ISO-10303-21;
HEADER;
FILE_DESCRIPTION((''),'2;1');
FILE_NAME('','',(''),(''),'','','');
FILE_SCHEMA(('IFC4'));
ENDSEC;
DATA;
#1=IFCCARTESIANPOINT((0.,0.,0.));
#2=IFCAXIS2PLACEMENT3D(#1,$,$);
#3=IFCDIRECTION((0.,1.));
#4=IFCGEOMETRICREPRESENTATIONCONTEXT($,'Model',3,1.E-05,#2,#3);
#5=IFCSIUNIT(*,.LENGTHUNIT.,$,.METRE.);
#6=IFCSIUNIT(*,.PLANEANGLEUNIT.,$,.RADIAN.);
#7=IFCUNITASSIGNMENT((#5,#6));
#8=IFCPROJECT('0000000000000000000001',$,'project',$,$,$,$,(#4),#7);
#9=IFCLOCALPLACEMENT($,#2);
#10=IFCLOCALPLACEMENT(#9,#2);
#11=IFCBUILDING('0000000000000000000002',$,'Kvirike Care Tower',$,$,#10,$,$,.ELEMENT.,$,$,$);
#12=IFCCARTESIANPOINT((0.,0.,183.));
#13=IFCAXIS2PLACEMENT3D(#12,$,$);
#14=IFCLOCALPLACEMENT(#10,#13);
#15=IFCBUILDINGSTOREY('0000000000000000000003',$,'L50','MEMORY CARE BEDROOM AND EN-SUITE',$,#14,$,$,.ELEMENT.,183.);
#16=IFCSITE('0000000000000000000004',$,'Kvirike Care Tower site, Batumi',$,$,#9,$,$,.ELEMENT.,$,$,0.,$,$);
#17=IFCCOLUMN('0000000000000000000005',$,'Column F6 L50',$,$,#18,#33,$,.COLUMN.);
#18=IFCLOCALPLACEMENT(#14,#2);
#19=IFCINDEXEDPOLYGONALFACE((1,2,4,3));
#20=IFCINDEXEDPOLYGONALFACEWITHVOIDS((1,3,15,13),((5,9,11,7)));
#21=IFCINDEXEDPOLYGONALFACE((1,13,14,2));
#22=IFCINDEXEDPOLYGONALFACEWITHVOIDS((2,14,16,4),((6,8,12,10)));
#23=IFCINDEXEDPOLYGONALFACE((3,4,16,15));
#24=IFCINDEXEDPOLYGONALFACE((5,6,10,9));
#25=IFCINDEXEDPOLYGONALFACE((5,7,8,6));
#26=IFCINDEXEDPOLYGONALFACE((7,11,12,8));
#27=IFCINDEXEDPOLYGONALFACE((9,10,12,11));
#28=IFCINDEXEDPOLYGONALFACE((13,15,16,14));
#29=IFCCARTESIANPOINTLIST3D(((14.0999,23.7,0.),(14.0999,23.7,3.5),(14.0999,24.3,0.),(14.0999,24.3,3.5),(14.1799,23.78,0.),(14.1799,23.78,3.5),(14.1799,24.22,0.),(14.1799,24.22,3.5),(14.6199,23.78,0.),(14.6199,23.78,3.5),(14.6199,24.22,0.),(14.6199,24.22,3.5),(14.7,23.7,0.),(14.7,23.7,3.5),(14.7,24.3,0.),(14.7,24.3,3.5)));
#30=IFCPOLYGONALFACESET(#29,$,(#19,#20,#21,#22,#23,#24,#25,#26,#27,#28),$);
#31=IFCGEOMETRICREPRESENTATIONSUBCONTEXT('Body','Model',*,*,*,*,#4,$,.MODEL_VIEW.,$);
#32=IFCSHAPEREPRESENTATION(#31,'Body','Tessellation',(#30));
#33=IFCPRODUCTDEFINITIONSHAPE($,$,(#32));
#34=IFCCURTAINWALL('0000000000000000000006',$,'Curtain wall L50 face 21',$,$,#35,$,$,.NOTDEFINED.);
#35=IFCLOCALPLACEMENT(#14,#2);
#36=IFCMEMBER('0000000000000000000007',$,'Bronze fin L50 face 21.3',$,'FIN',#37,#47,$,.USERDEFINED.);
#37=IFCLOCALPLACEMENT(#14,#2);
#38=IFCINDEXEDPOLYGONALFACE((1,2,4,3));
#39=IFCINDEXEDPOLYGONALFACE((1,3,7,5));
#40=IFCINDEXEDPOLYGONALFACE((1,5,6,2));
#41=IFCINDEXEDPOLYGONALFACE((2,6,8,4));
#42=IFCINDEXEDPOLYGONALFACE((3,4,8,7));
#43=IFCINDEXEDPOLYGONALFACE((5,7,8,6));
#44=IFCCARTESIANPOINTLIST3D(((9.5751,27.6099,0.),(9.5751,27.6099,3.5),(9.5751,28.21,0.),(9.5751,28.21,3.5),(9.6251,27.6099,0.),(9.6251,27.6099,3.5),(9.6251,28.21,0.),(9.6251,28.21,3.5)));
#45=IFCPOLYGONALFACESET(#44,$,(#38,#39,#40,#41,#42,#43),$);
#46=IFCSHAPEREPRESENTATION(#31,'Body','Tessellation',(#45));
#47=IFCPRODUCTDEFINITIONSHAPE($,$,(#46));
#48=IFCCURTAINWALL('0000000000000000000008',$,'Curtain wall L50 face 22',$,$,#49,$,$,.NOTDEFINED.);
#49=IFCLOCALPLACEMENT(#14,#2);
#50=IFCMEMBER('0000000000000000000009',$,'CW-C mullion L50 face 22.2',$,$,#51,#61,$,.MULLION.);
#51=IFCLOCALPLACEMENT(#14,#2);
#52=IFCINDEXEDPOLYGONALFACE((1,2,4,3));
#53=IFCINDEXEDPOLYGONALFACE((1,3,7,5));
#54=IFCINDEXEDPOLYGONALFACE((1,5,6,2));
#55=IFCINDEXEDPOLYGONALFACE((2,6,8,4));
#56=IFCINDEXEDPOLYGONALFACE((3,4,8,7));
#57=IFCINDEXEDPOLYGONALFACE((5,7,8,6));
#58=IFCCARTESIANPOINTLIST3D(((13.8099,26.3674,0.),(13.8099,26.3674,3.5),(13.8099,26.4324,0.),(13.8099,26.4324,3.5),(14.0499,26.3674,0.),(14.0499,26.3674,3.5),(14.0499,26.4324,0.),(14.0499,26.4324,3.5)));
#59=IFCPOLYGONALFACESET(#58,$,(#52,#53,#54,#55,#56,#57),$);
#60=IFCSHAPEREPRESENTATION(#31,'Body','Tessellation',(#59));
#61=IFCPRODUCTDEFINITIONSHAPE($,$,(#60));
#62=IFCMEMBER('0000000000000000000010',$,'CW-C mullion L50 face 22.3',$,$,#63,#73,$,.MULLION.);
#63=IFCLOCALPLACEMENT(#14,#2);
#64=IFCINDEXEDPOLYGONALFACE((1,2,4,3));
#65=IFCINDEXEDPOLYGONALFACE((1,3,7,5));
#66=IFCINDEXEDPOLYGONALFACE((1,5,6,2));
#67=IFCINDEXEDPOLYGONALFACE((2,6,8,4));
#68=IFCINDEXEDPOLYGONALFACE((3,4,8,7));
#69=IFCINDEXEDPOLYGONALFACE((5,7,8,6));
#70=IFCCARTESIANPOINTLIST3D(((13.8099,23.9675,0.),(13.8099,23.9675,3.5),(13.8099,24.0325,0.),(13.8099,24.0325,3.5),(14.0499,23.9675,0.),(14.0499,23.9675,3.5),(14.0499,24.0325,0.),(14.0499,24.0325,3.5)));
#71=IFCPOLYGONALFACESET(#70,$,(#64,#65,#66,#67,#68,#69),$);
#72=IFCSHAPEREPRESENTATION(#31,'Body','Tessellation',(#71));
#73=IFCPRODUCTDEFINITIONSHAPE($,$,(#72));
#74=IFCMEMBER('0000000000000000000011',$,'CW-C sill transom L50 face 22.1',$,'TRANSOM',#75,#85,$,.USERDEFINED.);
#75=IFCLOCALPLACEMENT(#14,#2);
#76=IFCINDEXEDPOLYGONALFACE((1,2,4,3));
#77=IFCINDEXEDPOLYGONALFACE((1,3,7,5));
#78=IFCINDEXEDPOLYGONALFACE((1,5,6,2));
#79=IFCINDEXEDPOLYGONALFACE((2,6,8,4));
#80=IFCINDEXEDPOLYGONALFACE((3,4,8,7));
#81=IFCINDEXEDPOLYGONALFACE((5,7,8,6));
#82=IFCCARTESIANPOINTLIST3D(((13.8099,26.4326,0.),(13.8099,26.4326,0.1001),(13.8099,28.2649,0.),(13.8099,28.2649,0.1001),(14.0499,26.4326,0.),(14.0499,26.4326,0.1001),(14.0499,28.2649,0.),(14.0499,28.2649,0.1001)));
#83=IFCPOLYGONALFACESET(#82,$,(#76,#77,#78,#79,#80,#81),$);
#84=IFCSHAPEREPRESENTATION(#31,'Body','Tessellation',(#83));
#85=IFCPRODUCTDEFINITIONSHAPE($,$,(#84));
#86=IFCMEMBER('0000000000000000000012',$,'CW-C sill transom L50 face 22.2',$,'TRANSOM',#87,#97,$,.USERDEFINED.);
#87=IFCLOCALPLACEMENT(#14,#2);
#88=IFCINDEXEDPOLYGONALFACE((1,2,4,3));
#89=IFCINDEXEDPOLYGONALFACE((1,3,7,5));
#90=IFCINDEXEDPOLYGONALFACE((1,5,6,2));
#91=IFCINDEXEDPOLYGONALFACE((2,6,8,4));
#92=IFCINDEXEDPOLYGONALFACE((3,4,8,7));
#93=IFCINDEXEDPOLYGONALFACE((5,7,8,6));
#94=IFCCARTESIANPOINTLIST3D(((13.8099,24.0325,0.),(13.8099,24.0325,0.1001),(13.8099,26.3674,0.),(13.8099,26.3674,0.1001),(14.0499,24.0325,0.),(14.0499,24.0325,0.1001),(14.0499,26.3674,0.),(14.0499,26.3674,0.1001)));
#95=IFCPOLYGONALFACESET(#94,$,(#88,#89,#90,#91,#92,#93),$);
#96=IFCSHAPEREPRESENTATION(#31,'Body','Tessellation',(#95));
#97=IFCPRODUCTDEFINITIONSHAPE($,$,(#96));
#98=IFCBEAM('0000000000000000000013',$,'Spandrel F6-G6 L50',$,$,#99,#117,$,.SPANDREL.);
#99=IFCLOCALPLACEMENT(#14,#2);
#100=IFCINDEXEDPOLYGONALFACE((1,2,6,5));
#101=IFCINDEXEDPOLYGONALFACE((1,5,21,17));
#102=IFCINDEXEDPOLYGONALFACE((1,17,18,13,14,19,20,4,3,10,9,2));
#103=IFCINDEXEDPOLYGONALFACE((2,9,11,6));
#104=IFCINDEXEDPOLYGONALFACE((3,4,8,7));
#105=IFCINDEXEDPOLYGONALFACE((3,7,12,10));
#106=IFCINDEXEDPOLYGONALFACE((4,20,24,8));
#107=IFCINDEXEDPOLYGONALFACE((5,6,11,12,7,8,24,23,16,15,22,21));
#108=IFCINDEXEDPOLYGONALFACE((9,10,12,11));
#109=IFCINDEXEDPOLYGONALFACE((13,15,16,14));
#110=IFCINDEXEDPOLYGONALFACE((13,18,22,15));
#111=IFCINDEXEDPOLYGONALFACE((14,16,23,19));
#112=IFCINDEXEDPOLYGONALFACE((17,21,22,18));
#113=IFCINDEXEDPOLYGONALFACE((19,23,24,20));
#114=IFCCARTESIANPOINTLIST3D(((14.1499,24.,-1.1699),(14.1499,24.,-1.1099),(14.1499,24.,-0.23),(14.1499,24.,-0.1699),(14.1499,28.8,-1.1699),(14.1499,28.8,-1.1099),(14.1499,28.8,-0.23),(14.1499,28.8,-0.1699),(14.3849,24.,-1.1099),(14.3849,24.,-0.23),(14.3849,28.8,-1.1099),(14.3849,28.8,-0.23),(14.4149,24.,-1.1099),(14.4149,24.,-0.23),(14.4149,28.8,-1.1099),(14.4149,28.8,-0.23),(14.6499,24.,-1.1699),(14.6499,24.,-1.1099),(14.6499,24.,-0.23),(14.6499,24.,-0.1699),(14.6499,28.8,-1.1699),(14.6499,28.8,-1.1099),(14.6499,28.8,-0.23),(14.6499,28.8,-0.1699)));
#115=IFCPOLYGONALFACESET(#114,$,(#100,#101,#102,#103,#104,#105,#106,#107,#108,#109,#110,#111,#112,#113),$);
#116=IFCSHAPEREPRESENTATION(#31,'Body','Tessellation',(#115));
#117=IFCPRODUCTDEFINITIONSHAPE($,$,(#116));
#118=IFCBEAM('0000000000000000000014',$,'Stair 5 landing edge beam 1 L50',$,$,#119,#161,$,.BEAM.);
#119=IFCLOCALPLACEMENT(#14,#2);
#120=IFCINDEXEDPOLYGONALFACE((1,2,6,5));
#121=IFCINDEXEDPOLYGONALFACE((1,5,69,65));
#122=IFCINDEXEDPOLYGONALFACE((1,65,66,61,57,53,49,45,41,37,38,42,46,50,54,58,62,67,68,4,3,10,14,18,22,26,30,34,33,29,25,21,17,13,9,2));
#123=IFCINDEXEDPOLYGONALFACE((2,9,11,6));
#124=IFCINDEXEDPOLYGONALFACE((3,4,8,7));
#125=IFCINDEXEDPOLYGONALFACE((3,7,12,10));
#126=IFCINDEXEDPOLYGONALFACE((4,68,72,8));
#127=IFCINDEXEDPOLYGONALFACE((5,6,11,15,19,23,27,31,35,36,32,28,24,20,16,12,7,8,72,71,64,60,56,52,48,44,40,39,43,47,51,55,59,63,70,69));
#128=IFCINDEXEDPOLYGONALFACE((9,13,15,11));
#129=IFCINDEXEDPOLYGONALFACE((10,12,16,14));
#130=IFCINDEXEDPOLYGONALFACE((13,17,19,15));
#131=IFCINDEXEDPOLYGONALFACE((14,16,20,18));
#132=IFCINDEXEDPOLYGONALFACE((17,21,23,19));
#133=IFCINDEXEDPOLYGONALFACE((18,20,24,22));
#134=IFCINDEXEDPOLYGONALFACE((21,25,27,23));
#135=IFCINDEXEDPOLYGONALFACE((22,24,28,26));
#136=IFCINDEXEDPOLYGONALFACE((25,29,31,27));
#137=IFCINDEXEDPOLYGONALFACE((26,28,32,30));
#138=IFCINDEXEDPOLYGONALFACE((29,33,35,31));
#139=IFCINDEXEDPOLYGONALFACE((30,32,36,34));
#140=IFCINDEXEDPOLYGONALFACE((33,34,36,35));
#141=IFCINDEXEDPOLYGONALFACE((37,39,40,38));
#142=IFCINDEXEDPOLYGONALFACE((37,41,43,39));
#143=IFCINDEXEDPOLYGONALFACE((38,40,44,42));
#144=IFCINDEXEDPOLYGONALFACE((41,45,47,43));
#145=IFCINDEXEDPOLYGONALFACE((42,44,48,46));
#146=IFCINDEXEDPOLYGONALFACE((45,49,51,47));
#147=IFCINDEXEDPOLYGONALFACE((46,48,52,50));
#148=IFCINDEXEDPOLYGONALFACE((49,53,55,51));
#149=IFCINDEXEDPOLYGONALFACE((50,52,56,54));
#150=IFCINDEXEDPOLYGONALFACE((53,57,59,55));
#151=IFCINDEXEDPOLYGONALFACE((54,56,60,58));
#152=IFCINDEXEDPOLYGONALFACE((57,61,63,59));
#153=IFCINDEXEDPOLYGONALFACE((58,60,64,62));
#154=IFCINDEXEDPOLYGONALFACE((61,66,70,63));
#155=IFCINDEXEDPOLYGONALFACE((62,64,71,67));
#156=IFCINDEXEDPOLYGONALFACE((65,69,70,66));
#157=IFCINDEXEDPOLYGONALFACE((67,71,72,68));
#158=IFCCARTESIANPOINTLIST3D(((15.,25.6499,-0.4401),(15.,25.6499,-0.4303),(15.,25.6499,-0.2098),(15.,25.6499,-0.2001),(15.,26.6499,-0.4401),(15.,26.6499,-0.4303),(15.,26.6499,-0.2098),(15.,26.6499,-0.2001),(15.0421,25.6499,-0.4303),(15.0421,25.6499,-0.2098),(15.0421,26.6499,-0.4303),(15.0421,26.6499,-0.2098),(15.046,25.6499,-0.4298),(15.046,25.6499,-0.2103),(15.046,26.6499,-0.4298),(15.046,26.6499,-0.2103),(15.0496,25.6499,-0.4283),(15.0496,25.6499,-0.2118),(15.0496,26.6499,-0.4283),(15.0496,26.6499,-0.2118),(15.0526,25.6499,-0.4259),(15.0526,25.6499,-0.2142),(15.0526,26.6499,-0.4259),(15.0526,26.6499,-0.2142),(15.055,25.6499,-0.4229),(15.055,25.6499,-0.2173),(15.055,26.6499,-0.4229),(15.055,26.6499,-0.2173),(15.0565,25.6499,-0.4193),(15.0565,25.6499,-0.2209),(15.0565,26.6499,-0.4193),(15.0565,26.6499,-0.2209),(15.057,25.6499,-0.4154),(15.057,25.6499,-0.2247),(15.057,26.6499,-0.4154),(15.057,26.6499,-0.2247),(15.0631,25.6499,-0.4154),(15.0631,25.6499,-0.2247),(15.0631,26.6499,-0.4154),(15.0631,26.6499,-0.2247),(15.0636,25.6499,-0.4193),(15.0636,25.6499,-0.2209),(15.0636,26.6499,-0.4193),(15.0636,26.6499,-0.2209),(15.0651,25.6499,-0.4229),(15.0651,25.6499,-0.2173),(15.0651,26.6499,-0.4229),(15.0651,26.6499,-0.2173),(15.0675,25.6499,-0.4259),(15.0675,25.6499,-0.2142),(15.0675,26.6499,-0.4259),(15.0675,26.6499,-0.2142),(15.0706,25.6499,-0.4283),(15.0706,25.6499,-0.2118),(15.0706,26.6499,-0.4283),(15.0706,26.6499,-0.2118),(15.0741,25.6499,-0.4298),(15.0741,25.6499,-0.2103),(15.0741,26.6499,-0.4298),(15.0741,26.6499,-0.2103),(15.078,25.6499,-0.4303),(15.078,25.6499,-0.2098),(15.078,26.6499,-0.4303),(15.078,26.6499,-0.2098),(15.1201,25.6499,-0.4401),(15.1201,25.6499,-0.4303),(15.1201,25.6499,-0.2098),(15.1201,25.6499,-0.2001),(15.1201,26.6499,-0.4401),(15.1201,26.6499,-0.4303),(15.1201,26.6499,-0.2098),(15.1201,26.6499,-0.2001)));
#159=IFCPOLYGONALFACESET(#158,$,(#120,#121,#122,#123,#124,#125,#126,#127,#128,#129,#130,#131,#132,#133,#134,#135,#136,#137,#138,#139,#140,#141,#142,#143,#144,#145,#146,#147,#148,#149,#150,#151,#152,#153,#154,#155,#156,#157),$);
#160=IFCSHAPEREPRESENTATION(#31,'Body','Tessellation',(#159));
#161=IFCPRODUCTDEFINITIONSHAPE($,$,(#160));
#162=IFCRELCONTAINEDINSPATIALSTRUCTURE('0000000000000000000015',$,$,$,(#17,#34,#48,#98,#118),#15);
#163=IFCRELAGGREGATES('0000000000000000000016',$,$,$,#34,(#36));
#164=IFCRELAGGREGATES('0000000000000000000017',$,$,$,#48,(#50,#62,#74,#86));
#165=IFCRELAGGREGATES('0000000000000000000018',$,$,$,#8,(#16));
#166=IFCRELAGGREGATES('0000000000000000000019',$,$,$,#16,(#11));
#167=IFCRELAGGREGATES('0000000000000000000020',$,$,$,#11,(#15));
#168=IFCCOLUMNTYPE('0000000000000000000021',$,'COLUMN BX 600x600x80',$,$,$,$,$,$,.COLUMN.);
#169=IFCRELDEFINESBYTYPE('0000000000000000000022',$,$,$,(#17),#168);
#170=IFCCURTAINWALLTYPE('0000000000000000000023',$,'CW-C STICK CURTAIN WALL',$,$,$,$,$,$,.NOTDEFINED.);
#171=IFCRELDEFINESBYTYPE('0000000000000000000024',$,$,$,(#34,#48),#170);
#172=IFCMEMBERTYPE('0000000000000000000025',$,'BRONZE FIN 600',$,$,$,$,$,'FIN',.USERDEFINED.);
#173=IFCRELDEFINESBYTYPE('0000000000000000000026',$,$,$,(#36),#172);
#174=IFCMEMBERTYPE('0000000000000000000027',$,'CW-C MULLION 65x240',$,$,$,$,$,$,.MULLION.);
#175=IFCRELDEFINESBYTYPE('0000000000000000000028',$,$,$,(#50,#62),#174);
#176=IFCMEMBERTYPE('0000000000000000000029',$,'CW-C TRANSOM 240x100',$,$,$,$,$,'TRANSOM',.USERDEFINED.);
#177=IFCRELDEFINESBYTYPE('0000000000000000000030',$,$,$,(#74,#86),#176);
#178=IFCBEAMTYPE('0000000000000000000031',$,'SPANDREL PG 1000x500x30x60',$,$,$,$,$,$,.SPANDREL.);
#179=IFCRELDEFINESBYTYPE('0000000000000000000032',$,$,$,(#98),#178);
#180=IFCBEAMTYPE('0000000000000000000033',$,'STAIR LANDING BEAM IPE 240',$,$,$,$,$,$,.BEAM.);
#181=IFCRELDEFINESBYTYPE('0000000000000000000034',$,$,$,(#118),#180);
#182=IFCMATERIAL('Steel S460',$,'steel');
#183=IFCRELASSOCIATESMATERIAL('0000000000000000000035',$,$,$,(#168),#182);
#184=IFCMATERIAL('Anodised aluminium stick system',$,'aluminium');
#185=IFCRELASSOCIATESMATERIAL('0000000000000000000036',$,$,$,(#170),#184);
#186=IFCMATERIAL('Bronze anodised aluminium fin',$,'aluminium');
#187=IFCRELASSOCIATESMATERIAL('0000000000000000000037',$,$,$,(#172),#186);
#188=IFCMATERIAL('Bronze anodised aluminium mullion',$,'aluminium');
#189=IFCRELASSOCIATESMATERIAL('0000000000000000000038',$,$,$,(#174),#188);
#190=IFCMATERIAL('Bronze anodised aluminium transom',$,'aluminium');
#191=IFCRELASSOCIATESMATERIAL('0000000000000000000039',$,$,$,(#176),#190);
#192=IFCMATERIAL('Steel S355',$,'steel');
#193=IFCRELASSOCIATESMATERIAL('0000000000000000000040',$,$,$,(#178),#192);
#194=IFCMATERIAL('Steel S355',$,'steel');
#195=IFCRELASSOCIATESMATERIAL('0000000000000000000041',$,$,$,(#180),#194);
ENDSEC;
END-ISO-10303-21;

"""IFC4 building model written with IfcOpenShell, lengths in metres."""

from ifc_helpers import new_model, si_unit, direction, frame, origin, origin_2d, place, context, subcontext, project, spatial, rectangle, hollow_rectangle, i_section, extrude, material, material_profile, profile_set, type_object, element, aggregate, save


model = new_model("IFC4")

# Units and contexts
model_context = context("Model", 3, precision=1e-05, world=origin(), true_north=direction((0.0, 1.0)))
body_context = subcontext(model_context, "Body", "Model", "MODEL_VIEW")
ifc_project = project(units=[si_unit("LENGTHUNIT", "METRE"), si_unit("PLANEANGLEUNIT", "RADIAN")], contexts=[model_context])

# Site, building, storey
site_placement = place(None, origin())
site = spatial("IfcSite", under=ifc_project, at=site_placement, Name="Kvirike Care Tower site, Batumi", CompositionType="ELEMENT", RefElevation=0.0)
building_placement = place(site_placement, origin())
building = spatial("IfcBuilding", under=site, at=building_placement, Name="Kvirike Care Tower", CompositionType="ELEMENT")
storey_placement = place(building_placement, frame((0.0, 0.0, 183.0)))
storey = spatial("IfcBuildingStorey", under=building, at=storey_placement, Name="L50", Description="MEMORY CARE BEDROOM AND EN-SUITE", CompositionType="ELEMENT", Elevation=183.0)

# Column
ifc_material_1 = material(Name="Steel S460", Category="steel")
ifc_material_profile_1 = material_profile(ifc_material_1, hollow_rectangle(XDim=0.6001, YDim=0.6001, WallThickness=0.0801, at=origin_2d()), Name="BX 600x600x80")
ifc_profile_set_1 = profile_set([ifc_material_profile_1], Name="Steel S460")
column_type = type_object("IfcColumnType", Name="COLUMN BX 600x600x80", PredefinedType="COLUMN", material=ifc_profile_set_1)
column_placement = place(storey_placement, frame((14.3999, 24.0, 0.0), z_axis=(0.0, 0.0, 1.0), x_axis=(1.0, 0.0, 0.0)))
element("IfcColumn", 1, at=column_placement, inside=storey, type_object=column_type, Name="Column F6 L50", PredefinedType="COLUMN", context=body_context, shape_type="SweptSolid", body=[
    extrude(hollow_rectangle(XDim=0.6001, YDim=0.6001, WallThickness=0.0801, at=origin_2d()), origin(), (0.0, 0.0, 1.0), 3.5),
])

# Curtain wall, member
ifc_material_2 = material(Name="Anodised aluminium stick system", Category="aluminium")
curtain_wall_type = type_object("IfcCurtainWallType", Name="CW-C STICK CURTAIN WALL", PredefinedType="NOTDEFINED", material=ifc_material_2)
curtain_wall_1_placement = place(storey_placement, origin())
curtain_wall_1 = element("IfcCurtainWall", 2, at=curtain_wall_1_placement, inside=storey, type_object=curtain_wall_type, Name="Curtain wall L50 face 21", PredefinedType="NOTDEFINED")
ifc_material_3 = material(Name="Bronze anodised aluminium fin", Category="aluminium")
ifc_material_profile_2 = material_profile(ifc_material_3, rectangle(XDim=0.05, YDim=0.6001, at=origin_2d()), Name="BRONZE FIN 600")
ifc_profile_set_2 = profile_set([ifc_material_profile_2], Name="Bronze anodised aluminium fin")
member_type_1 = type_object("IfcMemberType", Name="BRONZE FIN 600", ElementType="FIN", PredefinedType="USERDEFINED", material=ifc_profile_set_2)
member_1_placement = place(storey_placement, frame((9.6001, 27.9099, 0.0), z_axis=(0.0, 0.0, 1.0), x_axis=(1.0, 0.0, 0.0)))
member_1 = element("IfcMember", 3, at=member_1_placement, type_object=member_type_1, Name="Bronze fin L50 face 21.3", ObjectType="FIN", PredefinedType="USERDEFINED", context=body_context, shape_type="SweptSolid", body=[
    extrude(rectangle(XDim=0.05, YDim=0.6001, at=origin_2d()), origin(), (0.0, 0.0, 1.0), 3.5),
])
aggregate(curtain_wall_1, [member_1])

# Curtain wall, members
curtain_wall_2_placement = place(storey_placement, origin())
curtain_wall_2 = element("IfcCurtainWall", 4, at=curtain_wall_2_placement, inside=storey, type_object=curtain_wall_type, Name="Curtain wall L50 face 22", PredefinedType="NOTDEFINED")
ifc_material_4 = material(Name="Bronze anodised aluminium mullion", Category="aluminium")
ifc_material_profile_3 = material_profile(ifc_material_4, rectangle(XDim=0.0649, YDim=0.24, at=origin_2d()), Name="CW-C MULLION 65x240")
ifc_profile_set_3 = profile_set([ifc_material_profile_3], Name="Bronze anodised aluminium mullion")
member_type_2 = type_object("IfcMemberType", Name="CW-C MULLION 65x240", PredefinedType="MULLION", material=ifc_profile_set_3)
member_2_placement = place(storey_placement, frame((13.9299, 26.3999, 0.0), z_axis=(0.0, 0.0, 1.0), x_axis=(0.0, -1.0, 0.0)))
member_2 = element("IfcMember", 5, at=member_2_placement, type_object=member_type_2, Name="CW-C mullion L50 face 22.2", PredefinedType="MULLION", context=body_context, shape_type="SweptSolid", body=[
    extrude(rectangle(XDim=0.0649, YDim=0.24, at=origin_2d()), origin(), (0.0, 0.0, 1.0), 3.5),
])
member_3_placement = place(storey_placement, frame((13.9299, 24.0, 0.0), z_axis=(0.0, 0.0, 1.0), x_axis=(0.0, -1.0, 0.0)))
member_3 = element("IfcMember", 6, at=member_3_placement, type_object=member_type_2, Name="CW-C mullion L50 face 22.3", PredefinedType="MULLION", context=body_context, shape_type="SweptSolid", body=[
    extrude(rectangle(XDim=0.0649, YDim=0.24, at=origin_2d()), origin(), (0.0, 0.0, 1.0), 3.5),
])
ifc_material_5 = material(Name="Bronze anodised aluminium transom", Category="aluminium")
ifc_material_profile_4 = material_profile(ifc_material_5, rectangle(XDim=0.24, YDim=0.1001, at=origin_2d()), Name="CW-C TRANSOM 240x100")
ifc_profile_set_4 = profile_set([ifc_material_profile_4], Name="Bronze anodised aluminium transom")
member_type_3 = type_object("IfcMemberType", Name="CW-C TRANSOM 240x100", ElementType="TRANSOM", PredefinedType="USERDEFINED", material=ifc_profile_set_4)
member_4_placement = place(storey_placement, frame((13.9299, 28.2649, 0.05), z_axis=(0.0, -1.0, 0.0), x_axis=(1.0, 0.0, 0.0)))
member_4 = element("IfcMember", 7, at=member_4_placement, type_object=member_type_3, Name="CW-C sill transom L50 face 22.1", ObjectType="TRANSOM", PredefinedType="USERDEFINED", context=body_context, shape_type="SweptSolid", body=[
    extrude(rectangle(XDim=0.24, YDim=0.1001, at=origin_2d()), origin(), (0.0, 0.0, 1.0), 1.8323),
])
member_5_placement = place(storey_placement, frame((13.9299, 26.3674, 0.05), z_axis=(0.0, -1.0, 0.0), x_axis=(1.0, 0.0, 0.0)))
member_5 = element("IfcMember", 8, at=member_5_placement, type_object=member_type_3, Name="CW-C sill transom L50 face 22.2", ObjectType="TRANSOM", PredefinedType="USERDEFINED", context=body_context, shape_type="SweptSolid", body=[
    extrude(rectangle(XDim=0.24, YDim=0.1001, at=origin_2d()), origin(), (0.0, 0.0, 1.0), 2.335),
])

# Beams
ifc_material_6 = material(Name="Steel S355", Category="steel")
ifc_material_profile_5 = material_profile(ifc_material_6, i_section(OverallWidth=0.5, OverallDepth=1.0, WebThickness=0.03, FlangeThickness=0.0601, at=origin_2d()), Name="PG 1000x500x30x60")
ifc_profile_set_5 = profile_set([ifc_material_profile_5], Name="Steel S355")
beam_type_1 = type_object("IfcBeamType", Name="SPANDREL PG 1000x500x30x60", PredefinedType="SPANDREL", material=ifc_profile_set_5)
beam_placement = place(storey_placement, frame((14.3999, 24.0, -0.6699), z_axis=(0.0, 1.0, 0.0), x_axis=(-1.0, 0.0, 0.0)))
element("IfcBeam", 9, at=beam_placement, inside=storey, type_object=beam_type_1, Name="Spandrel F6-G6 L50", PredefinedType="SPANDREL", context=body_context, shape_type="SweptSolid", body=[
    extrude(i_section(OverallWidth=0.5, OverallDepth=1.0, WebThickness=0.03, FlangeThickness=0.0601, at=origin_2d()), origin(), (0.0, 0.0, 1.0), 4.8),
])
ifc_material_7 = material(Name="Steel S355", Category="steel")
ifc_material_profile_6 = material_profile(ifc_material_7, i_section(OverallWidth=0.1201, OverallDepth=0.24, WebThickness=0.0061, FlangeThickness=0.0098, FilletRadius=0.0149, at=origin_2d()), Name="IPE 240")
ifc_profile_set_6 = profile_set([ifc_material_profile_6], Name="Steel S355")
beam_type_2 = type_object("IfcBeamType", Name="STAIR LANDING BEAM IPE 240", PredefinedType="BEAM", material=ifc_profile_set_6)
for number, where, z_axis, x_axis, name in (
    (10, (15.0601, 25.6499, -0.3201), (0.0, 1.0, 0.0), (-1.0, 0.0, 0.0), "Stair 5 landing edge beam 1 L50"),
):
    element("IfcBeam", number, at=place(storey_placement, frame(where, z_axis=z_axis, x_axis=x_axis)), inside=storey, type_object=beam_type_2, Name=name, PredefinedType="BEAM", context=body_context, shape_type="SweptSolid", body=[
        extrude(i_section(OverallWidth=0.1201, OverallDepth=0.24, WebThickness=0.0061, FlangeThickness=0.0098, FilletRadius=0.0149, at=origin_2d()), origin(), (0.0, 0.0, 1.0), 1.0),
    ])

aggregate(curtain_wall_2, [member_2, member_3, member_4, member_5])

save(model, "model.ifc")
